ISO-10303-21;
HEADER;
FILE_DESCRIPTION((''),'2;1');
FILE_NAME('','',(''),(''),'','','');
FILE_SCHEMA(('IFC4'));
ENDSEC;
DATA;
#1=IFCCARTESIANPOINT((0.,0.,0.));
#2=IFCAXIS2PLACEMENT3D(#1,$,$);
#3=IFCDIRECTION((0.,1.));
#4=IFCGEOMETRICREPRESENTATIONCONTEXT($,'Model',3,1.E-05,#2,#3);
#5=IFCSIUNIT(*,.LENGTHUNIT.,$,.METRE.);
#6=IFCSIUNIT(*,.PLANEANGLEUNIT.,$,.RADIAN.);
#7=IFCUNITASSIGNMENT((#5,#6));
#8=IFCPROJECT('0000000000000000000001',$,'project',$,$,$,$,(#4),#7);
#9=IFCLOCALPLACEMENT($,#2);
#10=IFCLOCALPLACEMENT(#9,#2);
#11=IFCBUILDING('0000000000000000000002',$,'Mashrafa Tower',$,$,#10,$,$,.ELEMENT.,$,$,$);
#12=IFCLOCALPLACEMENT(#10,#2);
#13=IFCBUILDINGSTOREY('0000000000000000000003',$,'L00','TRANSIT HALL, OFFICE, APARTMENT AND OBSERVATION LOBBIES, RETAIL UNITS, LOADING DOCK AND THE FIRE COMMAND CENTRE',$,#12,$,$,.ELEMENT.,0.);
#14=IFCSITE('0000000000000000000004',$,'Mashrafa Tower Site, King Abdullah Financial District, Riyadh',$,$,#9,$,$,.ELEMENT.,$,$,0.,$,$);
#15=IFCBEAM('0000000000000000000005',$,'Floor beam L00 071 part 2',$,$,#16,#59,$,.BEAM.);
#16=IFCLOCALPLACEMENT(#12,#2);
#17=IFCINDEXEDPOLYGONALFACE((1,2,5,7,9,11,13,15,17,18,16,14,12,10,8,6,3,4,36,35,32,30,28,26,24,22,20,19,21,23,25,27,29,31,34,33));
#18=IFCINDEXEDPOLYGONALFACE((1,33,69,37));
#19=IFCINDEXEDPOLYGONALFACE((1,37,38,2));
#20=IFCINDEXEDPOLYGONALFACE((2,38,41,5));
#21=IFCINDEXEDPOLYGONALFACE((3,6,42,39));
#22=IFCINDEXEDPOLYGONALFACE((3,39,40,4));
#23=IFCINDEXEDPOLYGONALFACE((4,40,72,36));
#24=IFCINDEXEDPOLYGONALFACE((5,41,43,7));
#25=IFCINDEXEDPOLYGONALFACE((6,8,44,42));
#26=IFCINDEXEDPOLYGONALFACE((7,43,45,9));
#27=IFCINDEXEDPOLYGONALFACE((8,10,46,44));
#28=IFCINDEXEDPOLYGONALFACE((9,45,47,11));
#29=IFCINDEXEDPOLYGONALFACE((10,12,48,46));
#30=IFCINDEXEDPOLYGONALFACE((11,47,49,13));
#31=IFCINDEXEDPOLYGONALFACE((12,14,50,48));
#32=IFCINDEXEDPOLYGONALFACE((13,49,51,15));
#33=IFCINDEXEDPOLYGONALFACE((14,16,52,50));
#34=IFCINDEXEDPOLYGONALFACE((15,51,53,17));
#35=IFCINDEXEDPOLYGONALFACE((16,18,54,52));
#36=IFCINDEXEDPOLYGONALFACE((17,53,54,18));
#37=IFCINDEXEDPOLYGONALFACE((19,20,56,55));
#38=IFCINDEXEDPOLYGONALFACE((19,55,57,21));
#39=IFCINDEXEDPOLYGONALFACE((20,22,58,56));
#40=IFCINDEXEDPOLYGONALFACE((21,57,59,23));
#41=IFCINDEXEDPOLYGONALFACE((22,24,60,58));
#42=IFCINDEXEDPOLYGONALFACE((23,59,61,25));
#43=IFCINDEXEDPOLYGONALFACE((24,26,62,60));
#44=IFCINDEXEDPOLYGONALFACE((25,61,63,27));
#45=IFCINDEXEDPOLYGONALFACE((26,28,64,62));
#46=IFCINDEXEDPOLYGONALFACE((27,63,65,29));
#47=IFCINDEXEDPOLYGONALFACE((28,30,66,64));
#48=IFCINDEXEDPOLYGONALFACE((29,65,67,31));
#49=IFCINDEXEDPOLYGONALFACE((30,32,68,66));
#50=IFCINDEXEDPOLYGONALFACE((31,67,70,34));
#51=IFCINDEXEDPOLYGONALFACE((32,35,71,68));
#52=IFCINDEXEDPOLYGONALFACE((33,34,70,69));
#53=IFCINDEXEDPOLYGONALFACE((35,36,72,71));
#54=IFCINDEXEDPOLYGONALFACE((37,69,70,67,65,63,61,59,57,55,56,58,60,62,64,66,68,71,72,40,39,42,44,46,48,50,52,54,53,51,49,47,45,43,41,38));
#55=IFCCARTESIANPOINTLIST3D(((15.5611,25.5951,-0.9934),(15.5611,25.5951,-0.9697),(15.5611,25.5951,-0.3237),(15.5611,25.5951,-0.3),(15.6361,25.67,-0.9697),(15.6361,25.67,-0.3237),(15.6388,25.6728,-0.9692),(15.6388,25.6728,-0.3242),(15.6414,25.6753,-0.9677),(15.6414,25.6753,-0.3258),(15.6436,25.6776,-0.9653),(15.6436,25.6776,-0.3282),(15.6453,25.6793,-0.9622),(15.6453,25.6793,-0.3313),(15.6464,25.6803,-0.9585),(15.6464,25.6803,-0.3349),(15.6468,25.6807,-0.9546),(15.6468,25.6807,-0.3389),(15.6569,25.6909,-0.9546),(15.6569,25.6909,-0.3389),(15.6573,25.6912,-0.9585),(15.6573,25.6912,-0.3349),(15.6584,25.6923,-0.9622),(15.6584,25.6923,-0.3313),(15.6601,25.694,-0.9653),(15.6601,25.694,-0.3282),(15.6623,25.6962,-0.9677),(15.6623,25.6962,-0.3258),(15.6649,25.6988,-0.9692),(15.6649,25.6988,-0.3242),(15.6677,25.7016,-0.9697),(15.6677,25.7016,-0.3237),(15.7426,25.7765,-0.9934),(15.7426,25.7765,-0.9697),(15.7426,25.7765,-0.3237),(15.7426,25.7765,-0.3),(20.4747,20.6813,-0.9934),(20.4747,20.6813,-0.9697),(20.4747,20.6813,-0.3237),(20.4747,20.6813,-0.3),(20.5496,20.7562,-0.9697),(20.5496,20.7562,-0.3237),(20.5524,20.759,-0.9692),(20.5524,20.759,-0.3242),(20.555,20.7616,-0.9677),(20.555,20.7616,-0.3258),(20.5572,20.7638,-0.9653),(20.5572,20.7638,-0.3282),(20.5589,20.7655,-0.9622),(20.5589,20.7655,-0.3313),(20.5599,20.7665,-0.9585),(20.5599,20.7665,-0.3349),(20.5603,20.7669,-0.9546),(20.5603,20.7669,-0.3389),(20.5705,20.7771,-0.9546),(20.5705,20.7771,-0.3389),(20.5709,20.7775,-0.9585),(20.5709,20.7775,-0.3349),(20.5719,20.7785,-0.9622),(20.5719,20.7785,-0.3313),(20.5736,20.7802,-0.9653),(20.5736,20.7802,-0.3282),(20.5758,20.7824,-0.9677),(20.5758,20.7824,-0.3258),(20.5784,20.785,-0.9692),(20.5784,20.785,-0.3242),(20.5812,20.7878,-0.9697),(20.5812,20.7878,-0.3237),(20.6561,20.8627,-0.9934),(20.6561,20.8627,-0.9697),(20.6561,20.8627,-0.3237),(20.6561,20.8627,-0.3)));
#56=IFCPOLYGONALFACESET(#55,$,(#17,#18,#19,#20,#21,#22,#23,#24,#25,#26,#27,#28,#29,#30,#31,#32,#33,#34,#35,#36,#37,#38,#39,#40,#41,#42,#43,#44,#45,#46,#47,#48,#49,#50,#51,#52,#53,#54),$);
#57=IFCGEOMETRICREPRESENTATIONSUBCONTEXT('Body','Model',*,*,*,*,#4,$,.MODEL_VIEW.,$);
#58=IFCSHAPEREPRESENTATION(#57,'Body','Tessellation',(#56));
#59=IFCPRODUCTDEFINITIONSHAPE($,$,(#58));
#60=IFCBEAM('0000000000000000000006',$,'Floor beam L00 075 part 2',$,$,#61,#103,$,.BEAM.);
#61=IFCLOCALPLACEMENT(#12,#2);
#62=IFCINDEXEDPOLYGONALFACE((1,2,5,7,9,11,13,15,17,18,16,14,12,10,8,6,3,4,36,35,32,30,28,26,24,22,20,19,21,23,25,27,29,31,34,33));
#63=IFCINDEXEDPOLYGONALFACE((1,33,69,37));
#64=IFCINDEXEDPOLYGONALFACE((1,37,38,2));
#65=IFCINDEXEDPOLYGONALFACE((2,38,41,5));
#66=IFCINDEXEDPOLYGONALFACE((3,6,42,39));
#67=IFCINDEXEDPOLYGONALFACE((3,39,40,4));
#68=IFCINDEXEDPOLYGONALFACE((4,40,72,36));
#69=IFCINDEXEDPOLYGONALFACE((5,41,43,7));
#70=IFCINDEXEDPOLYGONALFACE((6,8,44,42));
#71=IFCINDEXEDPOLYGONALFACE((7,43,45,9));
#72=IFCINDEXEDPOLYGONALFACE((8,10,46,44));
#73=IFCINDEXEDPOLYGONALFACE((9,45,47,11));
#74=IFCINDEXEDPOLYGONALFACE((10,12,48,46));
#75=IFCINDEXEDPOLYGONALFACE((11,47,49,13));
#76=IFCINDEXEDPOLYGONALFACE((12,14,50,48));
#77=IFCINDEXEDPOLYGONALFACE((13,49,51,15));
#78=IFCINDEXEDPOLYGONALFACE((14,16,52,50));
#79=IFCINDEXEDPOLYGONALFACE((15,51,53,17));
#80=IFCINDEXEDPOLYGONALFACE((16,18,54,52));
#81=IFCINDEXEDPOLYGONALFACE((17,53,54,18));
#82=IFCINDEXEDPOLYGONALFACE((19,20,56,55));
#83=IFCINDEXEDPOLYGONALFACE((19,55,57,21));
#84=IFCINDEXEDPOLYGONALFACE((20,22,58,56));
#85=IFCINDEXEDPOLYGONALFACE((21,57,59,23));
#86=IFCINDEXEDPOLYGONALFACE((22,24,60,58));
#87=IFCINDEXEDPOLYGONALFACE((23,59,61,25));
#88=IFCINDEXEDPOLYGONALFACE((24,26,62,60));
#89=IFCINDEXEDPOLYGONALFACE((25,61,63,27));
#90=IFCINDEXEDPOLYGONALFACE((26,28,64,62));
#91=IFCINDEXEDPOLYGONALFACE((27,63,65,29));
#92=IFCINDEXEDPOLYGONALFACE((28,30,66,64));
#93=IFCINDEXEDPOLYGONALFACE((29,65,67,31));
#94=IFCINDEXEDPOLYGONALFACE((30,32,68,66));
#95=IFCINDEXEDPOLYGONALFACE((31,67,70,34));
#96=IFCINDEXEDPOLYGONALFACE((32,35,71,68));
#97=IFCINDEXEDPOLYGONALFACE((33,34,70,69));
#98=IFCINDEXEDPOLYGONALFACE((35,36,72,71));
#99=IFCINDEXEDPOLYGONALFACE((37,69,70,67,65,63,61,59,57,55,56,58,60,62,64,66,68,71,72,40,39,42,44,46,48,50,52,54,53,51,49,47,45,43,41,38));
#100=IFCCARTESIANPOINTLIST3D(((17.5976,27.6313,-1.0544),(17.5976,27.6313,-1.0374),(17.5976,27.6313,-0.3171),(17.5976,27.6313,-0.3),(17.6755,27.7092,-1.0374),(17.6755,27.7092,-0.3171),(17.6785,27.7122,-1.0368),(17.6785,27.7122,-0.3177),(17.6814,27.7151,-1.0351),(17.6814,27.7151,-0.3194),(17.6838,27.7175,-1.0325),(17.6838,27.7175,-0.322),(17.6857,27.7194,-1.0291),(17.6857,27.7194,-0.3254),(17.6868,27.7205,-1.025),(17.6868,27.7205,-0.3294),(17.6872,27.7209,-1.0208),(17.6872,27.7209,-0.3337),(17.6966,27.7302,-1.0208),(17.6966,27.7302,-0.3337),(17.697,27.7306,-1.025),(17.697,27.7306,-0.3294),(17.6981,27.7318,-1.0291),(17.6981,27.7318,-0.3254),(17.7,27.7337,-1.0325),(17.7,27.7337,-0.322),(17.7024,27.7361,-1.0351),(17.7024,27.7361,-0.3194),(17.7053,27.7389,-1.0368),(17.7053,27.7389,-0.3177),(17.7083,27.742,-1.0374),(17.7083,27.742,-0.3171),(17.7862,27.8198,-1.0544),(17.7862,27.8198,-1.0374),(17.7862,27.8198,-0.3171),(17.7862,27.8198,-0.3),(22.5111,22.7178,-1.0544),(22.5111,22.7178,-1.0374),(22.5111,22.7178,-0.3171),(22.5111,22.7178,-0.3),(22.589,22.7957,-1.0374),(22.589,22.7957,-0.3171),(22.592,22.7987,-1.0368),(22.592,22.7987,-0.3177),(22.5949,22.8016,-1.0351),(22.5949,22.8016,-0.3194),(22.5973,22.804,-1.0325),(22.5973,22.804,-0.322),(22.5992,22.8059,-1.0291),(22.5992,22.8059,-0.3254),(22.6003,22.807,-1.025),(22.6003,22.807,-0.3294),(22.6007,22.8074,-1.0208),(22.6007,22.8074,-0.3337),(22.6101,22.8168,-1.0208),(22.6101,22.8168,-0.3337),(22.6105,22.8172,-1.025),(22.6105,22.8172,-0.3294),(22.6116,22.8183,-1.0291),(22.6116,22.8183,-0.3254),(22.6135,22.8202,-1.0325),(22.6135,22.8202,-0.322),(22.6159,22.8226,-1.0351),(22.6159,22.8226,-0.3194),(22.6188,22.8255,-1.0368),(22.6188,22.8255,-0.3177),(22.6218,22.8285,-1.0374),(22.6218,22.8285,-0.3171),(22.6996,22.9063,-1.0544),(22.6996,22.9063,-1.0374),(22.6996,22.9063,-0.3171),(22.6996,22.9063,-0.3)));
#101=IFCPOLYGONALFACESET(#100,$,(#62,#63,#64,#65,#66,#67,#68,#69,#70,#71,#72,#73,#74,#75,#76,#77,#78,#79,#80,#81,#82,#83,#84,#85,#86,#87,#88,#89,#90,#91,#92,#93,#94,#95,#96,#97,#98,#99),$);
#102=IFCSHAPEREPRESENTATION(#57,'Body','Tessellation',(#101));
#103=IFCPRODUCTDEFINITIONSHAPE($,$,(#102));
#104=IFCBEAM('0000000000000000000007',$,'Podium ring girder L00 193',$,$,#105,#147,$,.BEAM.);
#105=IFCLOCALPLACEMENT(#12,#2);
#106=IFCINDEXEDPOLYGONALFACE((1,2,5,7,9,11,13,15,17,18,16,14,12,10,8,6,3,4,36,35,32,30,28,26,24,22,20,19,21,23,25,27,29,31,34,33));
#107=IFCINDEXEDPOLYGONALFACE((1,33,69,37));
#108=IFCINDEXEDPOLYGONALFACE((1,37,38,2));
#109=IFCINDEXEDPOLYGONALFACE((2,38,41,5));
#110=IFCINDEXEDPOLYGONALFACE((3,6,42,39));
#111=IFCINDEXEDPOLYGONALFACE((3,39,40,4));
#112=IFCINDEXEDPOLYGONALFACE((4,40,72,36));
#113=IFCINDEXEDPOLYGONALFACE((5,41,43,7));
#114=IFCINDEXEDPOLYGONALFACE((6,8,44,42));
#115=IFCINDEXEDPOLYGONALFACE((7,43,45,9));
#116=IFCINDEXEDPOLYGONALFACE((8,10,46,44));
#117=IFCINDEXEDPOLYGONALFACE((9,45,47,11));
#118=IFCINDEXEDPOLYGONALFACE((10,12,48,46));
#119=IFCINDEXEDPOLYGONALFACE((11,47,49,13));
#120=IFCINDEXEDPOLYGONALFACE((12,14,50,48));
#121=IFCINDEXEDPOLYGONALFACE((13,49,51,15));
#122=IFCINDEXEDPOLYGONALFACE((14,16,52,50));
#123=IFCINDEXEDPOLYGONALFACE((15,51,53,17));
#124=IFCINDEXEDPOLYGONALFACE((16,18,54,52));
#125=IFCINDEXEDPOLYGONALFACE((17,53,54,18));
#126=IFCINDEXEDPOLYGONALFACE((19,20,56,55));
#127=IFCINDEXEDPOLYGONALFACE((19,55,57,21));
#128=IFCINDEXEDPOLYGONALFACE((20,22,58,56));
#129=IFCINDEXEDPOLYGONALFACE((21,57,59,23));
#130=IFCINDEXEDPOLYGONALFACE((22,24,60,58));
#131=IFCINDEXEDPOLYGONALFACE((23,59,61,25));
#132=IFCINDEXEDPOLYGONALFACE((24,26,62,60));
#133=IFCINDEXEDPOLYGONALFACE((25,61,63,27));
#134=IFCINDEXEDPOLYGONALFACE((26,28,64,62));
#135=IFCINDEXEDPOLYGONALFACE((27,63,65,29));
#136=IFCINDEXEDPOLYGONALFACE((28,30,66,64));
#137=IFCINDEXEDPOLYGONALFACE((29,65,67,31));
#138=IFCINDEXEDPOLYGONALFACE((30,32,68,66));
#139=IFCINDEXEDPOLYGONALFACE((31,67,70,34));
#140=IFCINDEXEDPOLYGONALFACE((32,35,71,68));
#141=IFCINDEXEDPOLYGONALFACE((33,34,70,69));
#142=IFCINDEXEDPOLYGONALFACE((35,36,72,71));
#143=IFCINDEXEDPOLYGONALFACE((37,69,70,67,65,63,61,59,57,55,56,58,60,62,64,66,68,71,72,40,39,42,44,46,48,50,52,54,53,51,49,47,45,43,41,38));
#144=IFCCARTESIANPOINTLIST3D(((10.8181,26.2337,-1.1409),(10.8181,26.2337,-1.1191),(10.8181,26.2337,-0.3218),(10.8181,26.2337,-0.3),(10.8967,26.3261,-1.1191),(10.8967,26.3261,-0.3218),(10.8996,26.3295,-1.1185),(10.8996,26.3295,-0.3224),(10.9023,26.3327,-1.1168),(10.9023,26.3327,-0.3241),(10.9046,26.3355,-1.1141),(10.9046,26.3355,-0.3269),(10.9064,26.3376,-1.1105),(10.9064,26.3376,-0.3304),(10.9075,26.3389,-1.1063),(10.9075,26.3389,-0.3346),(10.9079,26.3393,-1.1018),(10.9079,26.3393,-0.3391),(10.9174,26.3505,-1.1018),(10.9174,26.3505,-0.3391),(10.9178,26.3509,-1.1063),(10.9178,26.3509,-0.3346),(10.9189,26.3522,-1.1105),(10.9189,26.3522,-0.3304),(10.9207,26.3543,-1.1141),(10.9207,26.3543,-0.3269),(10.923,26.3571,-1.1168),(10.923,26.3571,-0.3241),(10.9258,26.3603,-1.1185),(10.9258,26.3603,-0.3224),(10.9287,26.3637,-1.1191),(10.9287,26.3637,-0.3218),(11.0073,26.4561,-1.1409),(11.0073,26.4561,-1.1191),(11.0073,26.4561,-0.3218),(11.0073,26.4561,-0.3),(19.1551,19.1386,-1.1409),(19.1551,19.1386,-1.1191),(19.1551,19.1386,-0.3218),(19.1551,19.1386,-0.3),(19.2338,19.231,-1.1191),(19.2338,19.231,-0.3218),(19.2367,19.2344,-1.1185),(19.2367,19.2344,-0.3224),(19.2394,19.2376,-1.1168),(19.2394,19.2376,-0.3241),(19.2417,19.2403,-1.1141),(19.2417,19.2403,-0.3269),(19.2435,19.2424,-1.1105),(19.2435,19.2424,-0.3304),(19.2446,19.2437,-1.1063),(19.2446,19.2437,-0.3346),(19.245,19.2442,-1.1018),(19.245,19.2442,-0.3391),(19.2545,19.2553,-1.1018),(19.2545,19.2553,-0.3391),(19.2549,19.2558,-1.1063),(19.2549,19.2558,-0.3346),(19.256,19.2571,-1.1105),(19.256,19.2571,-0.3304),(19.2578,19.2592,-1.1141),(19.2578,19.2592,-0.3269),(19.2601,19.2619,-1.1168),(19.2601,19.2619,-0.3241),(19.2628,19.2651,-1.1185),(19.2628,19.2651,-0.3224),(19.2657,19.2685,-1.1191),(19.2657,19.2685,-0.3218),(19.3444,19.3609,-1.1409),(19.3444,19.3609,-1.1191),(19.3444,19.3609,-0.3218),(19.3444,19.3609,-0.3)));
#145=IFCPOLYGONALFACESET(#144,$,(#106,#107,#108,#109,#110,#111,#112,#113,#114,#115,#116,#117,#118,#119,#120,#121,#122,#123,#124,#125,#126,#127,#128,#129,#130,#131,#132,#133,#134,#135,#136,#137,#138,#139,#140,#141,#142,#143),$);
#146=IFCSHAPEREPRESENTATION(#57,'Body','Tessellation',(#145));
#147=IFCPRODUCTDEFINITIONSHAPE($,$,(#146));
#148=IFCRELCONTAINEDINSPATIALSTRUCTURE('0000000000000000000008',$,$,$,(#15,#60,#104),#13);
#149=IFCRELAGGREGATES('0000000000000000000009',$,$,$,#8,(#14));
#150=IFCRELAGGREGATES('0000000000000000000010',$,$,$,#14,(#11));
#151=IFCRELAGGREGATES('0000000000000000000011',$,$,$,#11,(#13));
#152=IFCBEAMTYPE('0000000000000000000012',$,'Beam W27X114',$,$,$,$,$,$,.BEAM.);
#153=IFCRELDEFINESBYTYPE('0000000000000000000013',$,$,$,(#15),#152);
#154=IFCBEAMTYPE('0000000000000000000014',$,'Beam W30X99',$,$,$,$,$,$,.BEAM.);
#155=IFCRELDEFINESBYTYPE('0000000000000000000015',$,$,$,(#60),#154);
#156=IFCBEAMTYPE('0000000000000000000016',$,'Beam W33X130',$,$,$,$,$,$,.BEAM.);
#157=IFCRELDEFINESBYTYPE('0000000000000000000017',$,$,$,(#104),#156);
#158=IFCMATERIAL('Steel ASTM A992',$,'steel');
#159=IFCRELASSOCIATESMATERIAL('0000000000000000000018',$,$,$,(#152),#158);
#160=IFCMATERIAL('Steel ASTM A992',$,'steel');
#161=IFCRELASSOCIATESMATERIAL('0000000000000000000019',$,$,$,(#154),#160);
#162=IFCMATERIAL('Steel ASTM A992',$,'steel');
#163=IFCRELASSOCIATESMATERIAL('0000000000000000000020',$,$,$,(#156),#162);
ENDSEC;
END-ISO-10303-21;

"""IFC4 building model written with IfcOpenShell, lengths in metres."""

from ifc_helpers import new_model, si_unit, direction, frame, origin, origin_2d, place, context, subcontext, project, spatial, i_section, extrude, material, material_profile, profile_set, type_object, element, save


model = new_model("IFC4")

# Units and contexts
model_context = context("Model", 3, precision=1e-05, world=origin(), true_north=direction((0.0, 1.0)))
body_context = subcontext(model_context, "Body", "Model", "MODEL_VIEW")
ifc_project = project(units=[si_unit("LENGTHUNIT", "METRE"), si_unit("PLANEANGLEUNIT", "RADIAN")], contexts=[model_context])

# Site, building, storey
site_placement = place(None, origin())
site = spatial("IfcSite", under=ifc_project, at=site_placement, Name="Mashrafa Tower Site, King Abdullah Financial District, Riyadh", CompositionType="ELEMENT", RefElevation=0.0)
building_placement = place(site_placement, origin())
building = spatial("IfcBuilding", under=site, at=building_placement, Name="Mashrafa Tower", CompositionType="ELEMENT")
storey_placement = place(building_placement, origin())
storey = spatial("IfcBuildingStorey", under=building, at=storey_placement, Name="L00", Description="TRANSIT HALL, OFFICE, APARTMENT AND OBSERVATION LOBBIES, RETAIL UNITS, LOADING DOCK AND THE FIRE COMMAND CENTRE", CompositionType="ELEMENT", Elevation=0.0)

# Beams
ifc_material_1 = material(Name="Steel ASTM A992", Category="steel")
ifc_material_profile_1 = material_profile(ifc_material_1, i_section(OverallWidth=0.2566, OverallDepth=0.6934, WebThickness=0.0144, FlangeThickness=0.0237, FilletRadius=0.0151, at=origin_2d()), Name="W27X114")
ifc_profile_set_1 = profile_set([ifc_material_profile_1], Name="Steel ASTM A992")
beam_type_1 = type_object("IfcBeamType", Name="Beam W27X114", PredefinedType="BEAM", material=ifc_profile_set_1)
beam_1_placement = place(storey_placement, frame((15.6519, 25.6858, -0.6467), z_axis=(0.707089, -0.707124, 0.0), x_axis=(0.707124, 0.707089, 0.0)))
element("IfcBeam", 1, at=beam_1_placement, inside=storey, type_object=beam_type_1, Name="Floor beam L00 071 part 2", PredefinedType="BEAM", context=body_context, shape_type="SweptSolid", body=[
    extrude(i_section(OverallWidth=0.2566, OverallDepth=0.6934, WebThickness=0.0144, FlangeThickness=0.0237, FilletRadius=0.0151, at=origin_2d()), origin(), (0.0, 0.0, 1.0), 6.949),
])
ifc_material_2 = material(Name="Steel ASTM A992", Category="steel")
ifc_material_profile_2 = material_profile(ifc_material_2, i_section(OverallWidth=0.2666, OverallDepth=0.7544, WebThickness=0.0132, FlangeThickness=0.0171, FilletRadius=0.0166, at=origin_2d()), Name="W30X99")
ifc_profile_set_2 = profile_set([ifc_material_profile_2], Name="Steel ASTM A992")
beam_type_2 = type_object("IfcBeamType", Name="Beam W30X99", PredefinedType="BEAM", material=ifc_profile_set_2)
beam_2_placement = place(storey_placement, frame((17.6919, 27.7256, -0.6772), z_axis=(0.707107, -0.707107, 0.0), x_axis=(0.707107, 0.707107, 0.0)))
element("IfcBeam", 2, at=beam_2_placement, inside=storey, type_object=beam_type_2, Name="Floor beam L00 075 part 2", PredefinedType="BEAM", context=body_context, shape_type="SweptSolid", body=[
    extrude(i_section(OverallWidth=0.2666, OverallDepth=0.7544, WebThickness=0.0132, FlangeThickness=0.0171, FilletRadius=0.0166, at=origin_2d()), origin(), (0.0, 0.0, 1.0), 6.9487),
])
ifc_material_3 = material(Name="Steel ASTM A992", Category="steel")
ifc_material_profile_3 = material_profile(ifc_material_3, i_section(OverallWidth=0.292, OverallDepth=0.8408, WebThickness=0.0146, FlangeThickness=0.0217, FilletRadius=0.0173, at=origin_2d()), Name="W33X130")
ifc_profile_set_3 = profile_set([ifc_material_profile_3], Name="Steel ASTM A992")
beam_type_3 = type_object("IfcBeamType", Name="Beam W33X130", PredefinedType="BEAM", material=ifc_profile_set_3)
beam_3_placement = place(storey_placement, frame((19.2498, 19.2498, -0.7205), z_axis=(-0.76155, 0.648106, 0.0), x_axis=(-0.648106, -0.76155, 0.0)))
element("IfcBeam", 3, at=beam_3_placement, inside=storey, type_object=beam_type_3, Name="Podium ring girder L00 193", PredefinedType="BEAM", context=body_context, shape_type="SweptSolid", body=[
    extrude(i_section(OverallWidth=0.292, OverallDepth=0.8408, WebThickness=0.0146, FlangeThickness=0.0217, FilletRadius=0.0173, at=origin_2d()), origin(), (0.0, 0.0, 1.0), 10.9475),
])

save(model, "model.ifc")
